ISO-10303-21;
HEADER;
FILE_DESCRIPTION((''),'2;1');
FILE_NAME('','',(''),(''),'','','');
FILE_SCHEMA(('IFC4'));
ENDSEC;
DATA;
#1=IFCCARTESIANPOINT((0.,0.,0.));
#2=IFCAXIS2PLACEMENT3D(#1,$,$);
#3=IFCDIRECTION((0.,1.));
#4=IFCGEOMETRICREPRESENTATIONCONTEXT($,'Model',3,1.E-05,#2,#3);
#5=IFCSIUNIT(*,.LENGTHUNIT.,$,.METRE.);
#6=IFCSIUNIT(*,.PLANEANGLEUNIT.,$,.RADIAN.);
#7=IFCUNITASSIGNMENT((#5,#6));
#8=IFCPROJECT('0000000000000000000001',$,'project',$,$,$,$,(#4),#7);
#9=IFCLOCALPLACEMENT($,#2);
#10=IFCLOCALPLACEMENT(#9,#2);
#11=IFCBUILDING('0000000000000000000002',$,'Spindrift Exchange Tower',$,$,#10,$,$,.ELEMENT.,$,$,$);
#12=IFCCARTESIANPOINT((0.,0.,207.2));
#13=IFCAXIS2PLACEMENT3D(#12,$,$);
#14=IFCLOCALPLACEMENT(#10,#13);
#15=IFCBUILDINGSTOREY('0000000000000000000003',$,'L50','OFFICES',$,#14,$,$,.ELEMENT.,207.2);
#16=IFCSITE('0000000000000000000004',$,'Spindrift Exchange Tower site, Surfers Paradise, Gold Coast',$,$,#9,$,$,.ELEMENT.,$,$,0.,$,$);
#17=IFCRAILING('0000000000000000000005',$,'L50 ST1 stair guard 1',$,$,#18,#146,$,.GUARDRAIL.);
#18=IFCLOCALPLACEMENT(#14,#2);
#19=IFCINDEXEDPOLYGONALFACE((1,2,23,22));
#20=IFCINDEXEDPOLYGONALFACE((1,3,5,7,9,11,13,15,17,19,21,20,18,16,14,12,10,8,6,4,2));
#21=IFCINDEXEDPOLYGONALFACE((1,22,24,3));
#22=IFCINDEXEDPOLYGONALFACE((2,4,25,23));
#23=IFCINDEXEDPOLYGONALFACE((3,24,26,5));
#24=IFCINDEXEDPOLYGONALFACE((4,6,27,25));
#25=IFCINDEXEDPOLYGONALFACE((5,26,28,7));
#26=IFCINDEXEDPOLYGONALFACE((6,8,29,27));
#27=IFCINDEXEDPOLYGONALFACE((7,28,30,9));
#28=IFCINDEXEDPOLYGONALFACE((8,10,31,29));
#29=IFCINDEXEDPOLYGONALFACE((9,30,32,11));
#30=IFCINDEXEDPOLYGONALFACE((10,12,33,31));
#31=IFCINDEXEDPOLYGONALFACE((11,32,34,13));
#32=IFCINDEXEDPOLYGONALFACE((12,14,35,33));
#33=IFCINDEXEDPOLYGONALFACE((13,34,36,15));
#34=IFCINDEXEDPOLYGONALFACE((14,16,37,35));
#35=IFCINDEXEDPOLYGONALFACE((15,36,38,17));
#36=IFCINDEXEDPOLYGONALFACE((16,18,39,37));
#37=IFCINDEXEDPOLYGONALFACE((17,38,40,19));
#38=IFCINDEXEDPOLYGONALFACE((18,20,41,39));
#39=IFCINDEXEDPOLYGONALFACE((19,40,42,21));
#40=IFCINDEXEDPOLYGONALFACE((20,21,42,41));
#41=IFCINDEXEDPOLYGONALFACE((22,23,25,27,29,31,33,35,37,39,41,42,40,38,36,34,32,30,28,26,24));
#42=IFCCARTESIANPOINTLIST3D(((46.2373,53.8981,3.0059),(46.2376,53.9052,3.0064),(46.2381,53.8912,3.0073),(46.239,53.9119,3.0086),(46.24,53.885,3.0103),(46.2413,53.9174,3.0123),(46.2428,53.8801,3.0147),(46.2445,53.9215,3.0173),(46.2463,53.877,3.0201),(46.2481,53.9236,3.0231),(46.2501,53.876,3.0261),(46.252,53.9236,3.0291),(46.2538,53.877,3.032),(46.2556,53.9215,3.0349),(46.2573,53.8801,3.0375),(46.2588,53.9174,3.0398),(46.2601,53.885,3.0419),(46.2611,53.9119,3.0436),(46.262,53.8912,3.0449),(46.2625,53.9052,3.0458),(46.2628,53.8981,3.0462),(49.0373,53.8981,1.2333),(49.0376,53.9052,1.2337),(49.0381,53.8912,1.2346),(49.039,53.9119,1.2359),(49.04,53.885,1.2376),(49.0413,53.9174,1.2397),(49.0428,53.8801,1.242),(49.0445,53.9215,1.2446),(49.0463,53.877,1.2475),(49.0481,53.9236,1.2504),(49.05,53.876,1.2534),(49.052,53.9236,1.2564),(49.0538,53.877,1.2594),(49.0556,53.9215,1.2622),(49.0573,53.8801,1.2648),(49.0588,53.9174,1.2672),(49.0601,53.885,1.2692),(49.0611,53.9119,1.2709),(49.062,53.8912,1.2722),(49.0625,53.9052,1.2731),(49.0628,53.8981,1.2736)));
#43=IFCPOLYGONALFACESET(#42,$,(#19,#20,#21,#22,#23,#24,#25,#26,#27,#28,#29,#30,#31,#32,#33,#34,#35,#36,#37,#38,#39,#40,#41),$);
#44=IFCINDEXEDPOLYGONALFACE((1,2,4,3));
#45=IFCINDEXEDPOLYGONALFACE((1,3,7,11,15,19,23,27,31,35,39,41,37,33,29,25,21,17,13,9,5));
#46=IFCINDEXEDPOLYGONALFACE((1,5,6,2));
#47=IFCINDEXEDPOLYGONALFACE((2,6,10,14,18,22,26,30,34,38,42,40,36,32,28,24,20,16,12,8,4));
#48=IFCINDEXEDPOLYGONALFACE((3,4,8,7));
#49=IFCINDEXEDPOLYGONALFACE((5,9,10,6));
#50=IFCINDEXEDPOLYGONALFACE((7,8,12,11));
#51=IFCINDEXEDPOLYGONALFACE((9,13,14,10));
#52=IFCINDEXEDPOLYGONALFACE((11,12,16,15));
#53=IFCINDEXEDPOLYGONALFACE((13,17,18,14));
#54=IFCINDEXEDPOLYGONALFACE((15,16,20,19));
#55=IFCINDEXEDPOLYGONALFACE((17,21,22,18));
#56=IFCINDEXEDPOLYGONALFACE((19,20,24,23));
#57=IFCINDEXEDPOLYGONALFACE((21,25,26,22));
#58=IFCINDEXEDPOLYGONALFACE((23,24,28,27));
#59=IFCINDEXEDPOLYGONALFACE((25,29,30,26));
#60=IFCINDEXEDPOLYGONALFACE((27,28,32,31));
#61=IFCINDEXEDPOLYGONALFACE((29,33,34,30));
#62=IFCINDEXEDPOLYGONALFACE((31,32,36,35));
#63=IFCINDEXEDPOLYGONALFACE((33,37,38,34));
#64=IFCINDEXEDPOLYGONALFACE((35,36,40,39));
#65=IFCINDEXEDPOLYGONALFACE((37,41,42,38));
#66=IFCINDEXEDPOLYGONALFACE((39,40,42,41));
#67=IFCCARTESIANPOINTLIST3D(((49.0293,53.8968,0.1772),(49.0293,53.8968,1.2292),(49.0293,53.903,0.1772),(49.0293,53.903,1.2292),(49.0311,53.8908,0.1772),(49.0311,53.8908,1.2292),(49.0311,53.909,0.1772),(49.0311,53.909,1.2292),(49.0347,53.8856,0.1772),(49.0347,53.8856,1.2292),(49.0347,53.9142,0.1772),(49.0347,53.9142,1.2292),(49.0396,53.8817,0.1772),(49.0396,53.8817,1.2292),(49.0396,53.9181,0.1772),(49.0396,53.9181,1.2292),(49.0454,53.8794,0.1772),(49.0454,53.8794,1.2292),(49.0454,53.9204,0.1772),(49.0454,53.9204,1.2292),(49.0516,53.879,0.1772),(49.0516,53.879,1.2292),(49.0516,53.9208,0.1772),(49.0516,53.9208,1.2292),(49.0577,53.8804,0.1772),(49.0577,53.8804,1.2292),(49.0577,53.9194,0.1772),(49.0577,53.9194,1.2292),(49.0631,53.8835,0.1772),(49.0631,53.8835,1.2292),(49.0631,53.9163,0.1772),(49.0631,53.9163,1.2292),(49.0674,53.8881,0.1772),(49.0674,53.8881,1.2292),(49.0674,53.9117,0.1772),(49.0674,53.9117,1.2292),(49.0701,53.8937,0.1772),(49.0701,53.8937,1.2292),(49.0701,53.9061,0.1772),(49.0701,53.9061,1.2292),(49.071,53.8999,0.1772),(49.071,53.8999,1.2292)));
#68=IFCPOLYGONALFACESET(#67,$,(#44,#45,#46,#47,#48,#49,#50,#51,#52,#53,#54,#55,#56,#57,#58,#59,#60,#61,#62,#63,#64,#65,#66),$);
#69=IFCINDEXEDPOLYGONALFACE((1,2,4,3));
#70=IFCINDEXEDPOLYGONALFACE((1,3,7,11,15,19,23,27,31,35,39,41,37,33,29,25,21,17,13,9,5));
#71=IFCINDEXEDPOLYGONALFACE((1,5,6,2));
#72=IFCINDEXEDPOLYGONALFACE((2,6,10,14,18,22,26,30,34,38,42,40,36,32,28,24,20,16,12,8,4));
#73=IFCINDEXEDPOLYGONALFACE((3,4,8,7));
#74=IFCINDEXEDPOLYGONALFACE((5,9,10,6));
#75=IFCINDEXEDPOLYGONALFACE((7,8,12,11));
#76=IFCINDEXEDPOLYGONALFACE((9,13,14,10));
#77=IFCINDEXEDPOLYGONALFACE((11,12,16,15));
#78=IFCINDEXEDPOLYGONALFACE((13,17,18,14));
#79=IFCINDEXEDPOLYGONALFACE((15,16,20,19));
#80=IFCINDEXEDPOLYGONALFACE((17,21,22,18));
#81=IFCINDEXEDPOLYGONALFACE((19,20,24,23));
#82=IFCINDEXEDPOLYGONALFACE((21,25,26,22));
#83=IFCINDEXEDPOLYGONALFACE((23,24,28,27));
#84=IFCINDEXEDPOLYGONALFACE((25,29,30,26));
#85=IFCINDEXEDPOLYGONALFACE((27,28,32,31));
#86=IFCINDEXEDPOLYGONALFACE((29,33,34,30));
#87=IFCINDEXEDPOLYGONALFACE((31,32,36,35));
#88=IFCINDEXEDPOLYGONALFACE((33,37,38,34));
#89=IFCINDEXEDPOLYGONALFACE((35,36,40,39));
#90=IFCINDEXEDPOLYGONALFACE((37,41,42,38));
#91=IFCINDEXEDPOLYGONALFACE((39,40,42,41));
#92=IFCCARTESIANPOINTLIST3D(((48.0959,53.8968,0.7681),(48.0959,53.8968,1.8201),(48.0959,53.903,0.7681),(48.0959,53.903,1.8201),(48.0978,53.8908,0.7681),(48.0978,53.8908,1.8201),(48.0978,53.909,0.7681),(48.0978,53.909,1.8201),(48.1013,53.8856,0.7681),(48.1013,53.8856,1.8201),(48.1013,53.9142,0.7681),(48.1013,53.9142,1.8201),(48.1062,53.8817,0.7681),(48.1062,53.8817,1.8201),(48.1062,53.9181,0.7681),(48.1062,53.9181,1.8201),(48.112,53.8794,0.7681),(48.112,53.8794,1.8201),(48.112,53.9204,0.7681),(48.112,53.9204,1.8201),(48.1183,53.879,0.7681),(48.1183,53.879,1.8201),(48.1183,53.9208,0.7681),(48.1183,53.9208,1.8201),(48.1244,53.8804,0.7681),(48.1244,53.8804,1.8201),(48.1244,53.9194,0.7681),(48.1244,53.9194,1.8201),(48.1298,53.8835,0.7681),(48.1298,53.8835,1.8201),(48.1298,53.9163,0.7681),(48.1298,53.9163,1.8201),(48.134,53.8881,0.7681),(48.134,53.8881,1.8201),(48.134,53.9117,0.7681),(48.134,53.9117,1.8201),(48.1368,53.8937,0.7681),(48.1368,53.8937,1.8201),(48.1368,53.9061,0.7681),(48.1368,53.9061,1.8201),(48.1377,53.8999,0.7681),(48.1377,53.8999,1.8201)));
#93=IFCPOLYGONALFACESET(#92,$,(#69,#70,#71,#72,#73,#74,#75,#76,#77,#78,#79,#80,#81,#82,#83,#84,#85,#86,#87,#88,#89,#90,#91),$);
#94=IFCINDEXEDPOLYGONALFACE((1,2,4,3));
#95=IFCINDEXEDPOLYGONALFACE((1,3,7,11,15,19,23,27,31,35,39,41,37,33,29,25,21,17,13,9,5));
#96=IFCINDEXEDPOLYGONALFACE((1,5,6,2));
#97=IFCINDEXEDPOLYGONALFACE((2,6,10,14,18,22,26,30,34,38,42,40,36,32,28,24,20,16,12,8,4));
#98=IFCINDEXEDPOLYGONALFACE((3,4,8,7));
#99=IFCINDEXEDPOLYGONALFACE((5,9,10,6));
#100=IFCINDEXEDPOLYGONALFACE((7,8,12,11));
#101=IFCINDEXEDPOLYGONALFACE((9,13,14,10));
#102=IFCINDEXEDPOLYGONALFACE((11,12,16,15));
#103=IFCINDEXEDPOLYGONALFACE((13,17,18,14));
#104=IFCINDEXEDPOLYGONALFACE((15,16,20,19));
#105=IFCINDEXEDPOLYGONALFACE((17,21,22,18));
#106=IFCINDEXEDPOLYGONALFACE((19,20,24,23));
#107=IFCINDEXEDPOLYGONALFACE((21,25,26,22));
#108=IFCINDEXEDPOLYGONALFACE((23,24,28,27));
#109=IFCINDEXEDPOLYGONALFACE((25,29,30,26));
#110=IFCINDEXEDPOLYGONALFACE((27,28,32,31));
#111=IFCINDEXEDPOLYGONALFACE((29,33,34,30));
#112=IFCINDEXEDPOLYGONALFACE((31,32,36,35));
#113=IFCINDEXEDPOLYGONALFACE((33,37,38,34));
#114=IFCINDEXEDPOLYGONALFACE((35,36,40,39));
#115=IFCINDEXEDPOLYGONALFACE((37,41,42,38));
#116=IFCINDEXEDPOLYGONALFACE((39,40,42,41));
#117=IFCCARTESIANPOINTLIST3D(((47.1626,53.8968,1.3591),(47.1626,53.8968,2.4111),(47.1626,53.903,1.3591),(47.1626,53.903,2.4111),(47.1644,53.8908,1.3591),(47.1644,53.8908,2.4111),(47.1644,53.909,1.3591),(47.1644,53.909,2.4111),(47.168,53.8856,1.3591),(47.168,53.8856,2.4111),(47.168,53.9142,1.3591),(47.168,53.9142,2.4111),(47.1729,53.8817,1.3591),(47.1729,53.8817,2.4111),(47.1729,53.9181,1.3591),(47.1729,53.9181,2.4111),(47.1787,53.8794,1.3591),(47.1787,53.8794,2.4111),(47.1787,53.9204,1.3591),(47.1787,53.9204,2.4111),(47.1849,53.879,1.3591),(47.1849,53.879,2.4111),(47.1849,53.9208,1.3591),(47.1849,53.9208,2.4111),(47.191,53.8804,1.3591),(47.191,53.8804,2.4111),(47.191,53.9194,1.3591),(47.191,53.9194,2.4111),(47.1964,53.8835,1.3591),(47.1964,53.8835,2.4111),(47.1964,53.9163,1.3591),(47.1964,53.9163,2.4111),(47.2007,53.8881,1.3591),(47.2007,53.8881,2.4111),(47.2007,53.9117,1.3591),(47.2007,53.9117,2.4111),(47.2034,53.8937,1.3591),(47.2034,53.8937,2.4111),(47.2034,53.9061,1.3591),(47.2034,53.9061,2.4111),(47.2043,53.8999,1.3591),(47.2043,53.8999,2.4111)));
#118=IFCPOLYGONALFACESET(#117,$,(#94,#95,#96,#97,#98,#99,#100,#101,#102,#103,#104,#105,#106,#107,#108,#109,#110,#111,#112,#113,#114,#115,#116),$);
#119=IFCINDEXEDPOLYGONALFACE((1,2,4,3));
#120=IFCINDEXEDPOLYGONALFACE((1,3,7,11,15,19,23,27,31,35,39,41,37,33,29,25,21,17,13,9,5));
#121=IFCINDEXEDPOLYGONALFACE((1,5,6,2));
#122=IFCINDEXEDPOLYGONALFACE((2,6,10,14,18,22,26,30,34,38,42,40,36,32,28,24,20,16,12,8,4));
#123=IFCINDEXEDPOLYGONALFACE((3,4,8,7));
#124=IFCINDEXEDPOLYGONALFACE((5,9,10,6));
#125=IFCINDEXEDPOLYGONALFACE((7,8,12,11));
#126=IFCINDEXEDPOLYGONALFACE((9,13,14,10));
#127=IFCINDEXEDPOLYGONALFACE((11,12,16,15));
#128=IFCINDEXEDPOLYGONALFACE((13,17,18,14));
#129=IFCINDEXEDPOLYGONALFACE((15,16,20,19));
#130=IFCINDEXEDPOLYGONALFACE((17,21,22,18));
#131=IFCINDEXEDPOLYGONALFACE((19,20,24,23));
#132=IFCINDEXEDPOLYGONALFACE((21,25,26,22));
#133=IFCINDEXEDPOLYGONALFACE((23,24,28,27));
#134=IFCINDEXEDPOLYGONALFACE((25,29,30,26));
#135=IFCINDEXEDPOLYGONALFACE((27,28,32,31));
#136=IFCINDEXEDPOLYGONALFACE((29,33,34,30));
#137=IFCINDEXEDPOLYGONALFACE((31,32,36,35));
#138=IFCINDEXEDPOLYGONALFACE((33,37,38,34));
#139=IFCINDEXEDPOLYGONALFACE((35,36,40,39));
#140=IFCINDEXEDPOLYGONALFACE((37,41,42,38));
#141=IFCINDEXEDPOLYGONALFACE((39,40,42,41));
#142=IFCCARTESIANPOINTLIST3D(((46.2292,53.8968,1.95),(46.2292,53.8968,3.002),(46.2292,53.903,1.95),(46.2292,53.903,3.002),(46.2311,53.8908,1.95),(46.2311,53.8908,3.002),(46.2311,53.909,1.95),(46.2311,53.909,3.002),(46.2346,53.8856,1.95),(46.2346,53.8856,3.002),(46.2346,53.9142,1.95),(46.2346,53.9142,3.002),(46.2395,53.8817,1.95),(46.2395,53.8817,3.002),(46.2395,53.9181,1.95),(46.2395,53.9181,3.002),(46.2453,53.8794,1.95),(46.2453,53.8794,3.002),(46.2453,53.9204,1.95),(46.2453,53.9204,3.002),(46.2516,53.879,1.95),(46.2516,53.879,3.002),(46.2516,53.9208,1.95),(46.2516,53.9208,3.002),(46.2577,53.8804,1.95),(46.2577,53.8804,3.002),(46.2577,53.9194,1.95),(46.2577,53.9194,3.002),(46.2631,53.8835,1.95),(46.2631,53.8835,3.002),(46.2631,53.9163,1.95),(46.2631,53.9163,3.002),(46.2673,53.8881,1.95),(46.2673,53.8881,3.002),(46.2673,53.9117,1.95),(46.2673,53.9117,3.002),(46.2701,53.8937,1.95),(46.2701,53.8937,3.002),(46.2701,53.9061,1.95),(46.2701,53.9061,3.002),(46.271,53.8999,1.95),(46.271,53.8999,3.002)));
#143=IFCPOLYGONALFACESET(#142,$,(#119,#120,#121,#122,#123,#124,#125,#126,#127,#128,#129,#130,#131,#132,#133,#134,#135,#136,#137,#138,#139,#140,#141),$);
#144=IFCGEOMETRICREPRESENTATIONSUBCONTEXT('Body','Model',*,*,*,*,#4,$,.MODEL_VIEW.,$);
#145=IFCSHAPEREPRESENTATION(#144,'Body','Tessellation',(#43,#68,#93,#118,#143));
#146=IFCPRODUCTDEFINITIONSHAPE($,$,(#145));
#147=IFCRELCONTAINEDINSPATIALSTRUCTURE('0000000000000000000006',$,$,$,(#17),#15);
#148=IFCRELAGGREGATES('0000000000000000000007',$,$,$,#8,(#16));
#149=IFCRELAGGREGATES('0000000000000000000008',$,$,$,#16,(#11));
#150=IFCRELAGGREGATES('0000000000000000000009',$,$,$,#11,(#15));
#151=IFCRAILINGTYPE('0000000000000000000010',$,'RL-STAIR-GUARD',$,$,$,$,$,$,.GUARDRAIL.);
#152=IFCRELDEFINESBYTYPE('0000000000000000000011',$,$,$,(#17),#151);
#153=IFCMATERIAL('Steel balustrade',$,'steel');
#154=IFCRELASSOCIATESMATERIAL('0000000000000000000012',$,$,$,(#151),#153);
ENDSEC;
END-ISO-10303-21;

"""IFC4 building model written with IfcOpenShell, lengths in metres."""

from ifc_helpers import new_model, si_unit, direction, frame, origin, origin_2d, place, context, subcontext, project, spatial, circle, extrude, material, type_object, element, save


model = new_model("IFC4")

# Units and contexts
model_context = context("Model", 3, precision=1e-05, world=origin(), true_north=direction((0.0, 1.0)))
body_context = subcontext(model_context, "Body", "Model", "MODEL_VIEW")
ifc_project = project(units=[si_unit("LENGTHUNIT", "METRE"), si_unit("PLANEANGLEUNIT", "RADIAN")], contexts=[model_context])

# Site, building, storey
site_placement = place(None, origin())
site = spatial("IfcSite", under=ifc_project, at=site_placement, Name="Spindrift Exchange Tower site, Surfers Paradise, Gold Coast", CompositionType="ELEMENT", RefElevation=0.0)
building_placement = place(site_placement, origin())
building = spatial("IfcBuilding", under=site, at=building_placement, Name="Spindrift Exchange Tower", CompositionType="ELEMENT")
storey_placement = place(building_placement, frame((0.0, 0.0, 207.2)))
storey = spatial("IfcBuildingStorey", under=building, at=storey_placement, Name="L50", Description="OFFICES", CompositionType="ELEMENT", Elevation=207.2)

# Railing
ifc_material_1 = material(Name="Steel balustrade", Category="steel")
railing_type_1 = type_object("IfcRailingType", Name="RL-STAIR-GUARD", PredefinedType="GUARDRAIL", material=ifc_material_1)
railing_1_placement = place(storey_placement, frame((49.05, 53.8999, 0.1772)))
element("IfcRailing", 1, at=railing_1_placement, inside=storey, type_object=railing_type_1, Name="L50 ST1 stair guard 1", PredefinedType="GUARDRAIL", context=body_context, shape_type="SweptSolid", body=[
    extrude(circle(Radius=0.0239, at=origin_2d()), frame((0.0, 0.0, 1.0762), z_axis=(-0.844909, 0.0, 0.53491), x_axis=(0.0, -1.0, 0.0)), (0.0, 0.0, 1.0), 3.314),
    extrude(circle(Radius=0.021, at=origin_2d()), origin(), (0.0, 0.0, 1.0), 1.052),
    extrude(circle(Radius=0.021, at=origin_2d()), frame((-0.9333, 0.0, 0.5908)), (0.0, 0.0, 1.0), 1.052),
    extrude(circle(Radius=0.021, at=origin_2d()), frame((-1.8667, 0.0, 1.1819)), (0.0, 0.0, 1.0), 1.052),
    extrude(circle(Radius=0.021, at=origin_2d()), frame((-2.8, 0.0, 1.7727)), (0.0, 0.0, 1.0), 1.052),
])

save(model, "model.ifc")
